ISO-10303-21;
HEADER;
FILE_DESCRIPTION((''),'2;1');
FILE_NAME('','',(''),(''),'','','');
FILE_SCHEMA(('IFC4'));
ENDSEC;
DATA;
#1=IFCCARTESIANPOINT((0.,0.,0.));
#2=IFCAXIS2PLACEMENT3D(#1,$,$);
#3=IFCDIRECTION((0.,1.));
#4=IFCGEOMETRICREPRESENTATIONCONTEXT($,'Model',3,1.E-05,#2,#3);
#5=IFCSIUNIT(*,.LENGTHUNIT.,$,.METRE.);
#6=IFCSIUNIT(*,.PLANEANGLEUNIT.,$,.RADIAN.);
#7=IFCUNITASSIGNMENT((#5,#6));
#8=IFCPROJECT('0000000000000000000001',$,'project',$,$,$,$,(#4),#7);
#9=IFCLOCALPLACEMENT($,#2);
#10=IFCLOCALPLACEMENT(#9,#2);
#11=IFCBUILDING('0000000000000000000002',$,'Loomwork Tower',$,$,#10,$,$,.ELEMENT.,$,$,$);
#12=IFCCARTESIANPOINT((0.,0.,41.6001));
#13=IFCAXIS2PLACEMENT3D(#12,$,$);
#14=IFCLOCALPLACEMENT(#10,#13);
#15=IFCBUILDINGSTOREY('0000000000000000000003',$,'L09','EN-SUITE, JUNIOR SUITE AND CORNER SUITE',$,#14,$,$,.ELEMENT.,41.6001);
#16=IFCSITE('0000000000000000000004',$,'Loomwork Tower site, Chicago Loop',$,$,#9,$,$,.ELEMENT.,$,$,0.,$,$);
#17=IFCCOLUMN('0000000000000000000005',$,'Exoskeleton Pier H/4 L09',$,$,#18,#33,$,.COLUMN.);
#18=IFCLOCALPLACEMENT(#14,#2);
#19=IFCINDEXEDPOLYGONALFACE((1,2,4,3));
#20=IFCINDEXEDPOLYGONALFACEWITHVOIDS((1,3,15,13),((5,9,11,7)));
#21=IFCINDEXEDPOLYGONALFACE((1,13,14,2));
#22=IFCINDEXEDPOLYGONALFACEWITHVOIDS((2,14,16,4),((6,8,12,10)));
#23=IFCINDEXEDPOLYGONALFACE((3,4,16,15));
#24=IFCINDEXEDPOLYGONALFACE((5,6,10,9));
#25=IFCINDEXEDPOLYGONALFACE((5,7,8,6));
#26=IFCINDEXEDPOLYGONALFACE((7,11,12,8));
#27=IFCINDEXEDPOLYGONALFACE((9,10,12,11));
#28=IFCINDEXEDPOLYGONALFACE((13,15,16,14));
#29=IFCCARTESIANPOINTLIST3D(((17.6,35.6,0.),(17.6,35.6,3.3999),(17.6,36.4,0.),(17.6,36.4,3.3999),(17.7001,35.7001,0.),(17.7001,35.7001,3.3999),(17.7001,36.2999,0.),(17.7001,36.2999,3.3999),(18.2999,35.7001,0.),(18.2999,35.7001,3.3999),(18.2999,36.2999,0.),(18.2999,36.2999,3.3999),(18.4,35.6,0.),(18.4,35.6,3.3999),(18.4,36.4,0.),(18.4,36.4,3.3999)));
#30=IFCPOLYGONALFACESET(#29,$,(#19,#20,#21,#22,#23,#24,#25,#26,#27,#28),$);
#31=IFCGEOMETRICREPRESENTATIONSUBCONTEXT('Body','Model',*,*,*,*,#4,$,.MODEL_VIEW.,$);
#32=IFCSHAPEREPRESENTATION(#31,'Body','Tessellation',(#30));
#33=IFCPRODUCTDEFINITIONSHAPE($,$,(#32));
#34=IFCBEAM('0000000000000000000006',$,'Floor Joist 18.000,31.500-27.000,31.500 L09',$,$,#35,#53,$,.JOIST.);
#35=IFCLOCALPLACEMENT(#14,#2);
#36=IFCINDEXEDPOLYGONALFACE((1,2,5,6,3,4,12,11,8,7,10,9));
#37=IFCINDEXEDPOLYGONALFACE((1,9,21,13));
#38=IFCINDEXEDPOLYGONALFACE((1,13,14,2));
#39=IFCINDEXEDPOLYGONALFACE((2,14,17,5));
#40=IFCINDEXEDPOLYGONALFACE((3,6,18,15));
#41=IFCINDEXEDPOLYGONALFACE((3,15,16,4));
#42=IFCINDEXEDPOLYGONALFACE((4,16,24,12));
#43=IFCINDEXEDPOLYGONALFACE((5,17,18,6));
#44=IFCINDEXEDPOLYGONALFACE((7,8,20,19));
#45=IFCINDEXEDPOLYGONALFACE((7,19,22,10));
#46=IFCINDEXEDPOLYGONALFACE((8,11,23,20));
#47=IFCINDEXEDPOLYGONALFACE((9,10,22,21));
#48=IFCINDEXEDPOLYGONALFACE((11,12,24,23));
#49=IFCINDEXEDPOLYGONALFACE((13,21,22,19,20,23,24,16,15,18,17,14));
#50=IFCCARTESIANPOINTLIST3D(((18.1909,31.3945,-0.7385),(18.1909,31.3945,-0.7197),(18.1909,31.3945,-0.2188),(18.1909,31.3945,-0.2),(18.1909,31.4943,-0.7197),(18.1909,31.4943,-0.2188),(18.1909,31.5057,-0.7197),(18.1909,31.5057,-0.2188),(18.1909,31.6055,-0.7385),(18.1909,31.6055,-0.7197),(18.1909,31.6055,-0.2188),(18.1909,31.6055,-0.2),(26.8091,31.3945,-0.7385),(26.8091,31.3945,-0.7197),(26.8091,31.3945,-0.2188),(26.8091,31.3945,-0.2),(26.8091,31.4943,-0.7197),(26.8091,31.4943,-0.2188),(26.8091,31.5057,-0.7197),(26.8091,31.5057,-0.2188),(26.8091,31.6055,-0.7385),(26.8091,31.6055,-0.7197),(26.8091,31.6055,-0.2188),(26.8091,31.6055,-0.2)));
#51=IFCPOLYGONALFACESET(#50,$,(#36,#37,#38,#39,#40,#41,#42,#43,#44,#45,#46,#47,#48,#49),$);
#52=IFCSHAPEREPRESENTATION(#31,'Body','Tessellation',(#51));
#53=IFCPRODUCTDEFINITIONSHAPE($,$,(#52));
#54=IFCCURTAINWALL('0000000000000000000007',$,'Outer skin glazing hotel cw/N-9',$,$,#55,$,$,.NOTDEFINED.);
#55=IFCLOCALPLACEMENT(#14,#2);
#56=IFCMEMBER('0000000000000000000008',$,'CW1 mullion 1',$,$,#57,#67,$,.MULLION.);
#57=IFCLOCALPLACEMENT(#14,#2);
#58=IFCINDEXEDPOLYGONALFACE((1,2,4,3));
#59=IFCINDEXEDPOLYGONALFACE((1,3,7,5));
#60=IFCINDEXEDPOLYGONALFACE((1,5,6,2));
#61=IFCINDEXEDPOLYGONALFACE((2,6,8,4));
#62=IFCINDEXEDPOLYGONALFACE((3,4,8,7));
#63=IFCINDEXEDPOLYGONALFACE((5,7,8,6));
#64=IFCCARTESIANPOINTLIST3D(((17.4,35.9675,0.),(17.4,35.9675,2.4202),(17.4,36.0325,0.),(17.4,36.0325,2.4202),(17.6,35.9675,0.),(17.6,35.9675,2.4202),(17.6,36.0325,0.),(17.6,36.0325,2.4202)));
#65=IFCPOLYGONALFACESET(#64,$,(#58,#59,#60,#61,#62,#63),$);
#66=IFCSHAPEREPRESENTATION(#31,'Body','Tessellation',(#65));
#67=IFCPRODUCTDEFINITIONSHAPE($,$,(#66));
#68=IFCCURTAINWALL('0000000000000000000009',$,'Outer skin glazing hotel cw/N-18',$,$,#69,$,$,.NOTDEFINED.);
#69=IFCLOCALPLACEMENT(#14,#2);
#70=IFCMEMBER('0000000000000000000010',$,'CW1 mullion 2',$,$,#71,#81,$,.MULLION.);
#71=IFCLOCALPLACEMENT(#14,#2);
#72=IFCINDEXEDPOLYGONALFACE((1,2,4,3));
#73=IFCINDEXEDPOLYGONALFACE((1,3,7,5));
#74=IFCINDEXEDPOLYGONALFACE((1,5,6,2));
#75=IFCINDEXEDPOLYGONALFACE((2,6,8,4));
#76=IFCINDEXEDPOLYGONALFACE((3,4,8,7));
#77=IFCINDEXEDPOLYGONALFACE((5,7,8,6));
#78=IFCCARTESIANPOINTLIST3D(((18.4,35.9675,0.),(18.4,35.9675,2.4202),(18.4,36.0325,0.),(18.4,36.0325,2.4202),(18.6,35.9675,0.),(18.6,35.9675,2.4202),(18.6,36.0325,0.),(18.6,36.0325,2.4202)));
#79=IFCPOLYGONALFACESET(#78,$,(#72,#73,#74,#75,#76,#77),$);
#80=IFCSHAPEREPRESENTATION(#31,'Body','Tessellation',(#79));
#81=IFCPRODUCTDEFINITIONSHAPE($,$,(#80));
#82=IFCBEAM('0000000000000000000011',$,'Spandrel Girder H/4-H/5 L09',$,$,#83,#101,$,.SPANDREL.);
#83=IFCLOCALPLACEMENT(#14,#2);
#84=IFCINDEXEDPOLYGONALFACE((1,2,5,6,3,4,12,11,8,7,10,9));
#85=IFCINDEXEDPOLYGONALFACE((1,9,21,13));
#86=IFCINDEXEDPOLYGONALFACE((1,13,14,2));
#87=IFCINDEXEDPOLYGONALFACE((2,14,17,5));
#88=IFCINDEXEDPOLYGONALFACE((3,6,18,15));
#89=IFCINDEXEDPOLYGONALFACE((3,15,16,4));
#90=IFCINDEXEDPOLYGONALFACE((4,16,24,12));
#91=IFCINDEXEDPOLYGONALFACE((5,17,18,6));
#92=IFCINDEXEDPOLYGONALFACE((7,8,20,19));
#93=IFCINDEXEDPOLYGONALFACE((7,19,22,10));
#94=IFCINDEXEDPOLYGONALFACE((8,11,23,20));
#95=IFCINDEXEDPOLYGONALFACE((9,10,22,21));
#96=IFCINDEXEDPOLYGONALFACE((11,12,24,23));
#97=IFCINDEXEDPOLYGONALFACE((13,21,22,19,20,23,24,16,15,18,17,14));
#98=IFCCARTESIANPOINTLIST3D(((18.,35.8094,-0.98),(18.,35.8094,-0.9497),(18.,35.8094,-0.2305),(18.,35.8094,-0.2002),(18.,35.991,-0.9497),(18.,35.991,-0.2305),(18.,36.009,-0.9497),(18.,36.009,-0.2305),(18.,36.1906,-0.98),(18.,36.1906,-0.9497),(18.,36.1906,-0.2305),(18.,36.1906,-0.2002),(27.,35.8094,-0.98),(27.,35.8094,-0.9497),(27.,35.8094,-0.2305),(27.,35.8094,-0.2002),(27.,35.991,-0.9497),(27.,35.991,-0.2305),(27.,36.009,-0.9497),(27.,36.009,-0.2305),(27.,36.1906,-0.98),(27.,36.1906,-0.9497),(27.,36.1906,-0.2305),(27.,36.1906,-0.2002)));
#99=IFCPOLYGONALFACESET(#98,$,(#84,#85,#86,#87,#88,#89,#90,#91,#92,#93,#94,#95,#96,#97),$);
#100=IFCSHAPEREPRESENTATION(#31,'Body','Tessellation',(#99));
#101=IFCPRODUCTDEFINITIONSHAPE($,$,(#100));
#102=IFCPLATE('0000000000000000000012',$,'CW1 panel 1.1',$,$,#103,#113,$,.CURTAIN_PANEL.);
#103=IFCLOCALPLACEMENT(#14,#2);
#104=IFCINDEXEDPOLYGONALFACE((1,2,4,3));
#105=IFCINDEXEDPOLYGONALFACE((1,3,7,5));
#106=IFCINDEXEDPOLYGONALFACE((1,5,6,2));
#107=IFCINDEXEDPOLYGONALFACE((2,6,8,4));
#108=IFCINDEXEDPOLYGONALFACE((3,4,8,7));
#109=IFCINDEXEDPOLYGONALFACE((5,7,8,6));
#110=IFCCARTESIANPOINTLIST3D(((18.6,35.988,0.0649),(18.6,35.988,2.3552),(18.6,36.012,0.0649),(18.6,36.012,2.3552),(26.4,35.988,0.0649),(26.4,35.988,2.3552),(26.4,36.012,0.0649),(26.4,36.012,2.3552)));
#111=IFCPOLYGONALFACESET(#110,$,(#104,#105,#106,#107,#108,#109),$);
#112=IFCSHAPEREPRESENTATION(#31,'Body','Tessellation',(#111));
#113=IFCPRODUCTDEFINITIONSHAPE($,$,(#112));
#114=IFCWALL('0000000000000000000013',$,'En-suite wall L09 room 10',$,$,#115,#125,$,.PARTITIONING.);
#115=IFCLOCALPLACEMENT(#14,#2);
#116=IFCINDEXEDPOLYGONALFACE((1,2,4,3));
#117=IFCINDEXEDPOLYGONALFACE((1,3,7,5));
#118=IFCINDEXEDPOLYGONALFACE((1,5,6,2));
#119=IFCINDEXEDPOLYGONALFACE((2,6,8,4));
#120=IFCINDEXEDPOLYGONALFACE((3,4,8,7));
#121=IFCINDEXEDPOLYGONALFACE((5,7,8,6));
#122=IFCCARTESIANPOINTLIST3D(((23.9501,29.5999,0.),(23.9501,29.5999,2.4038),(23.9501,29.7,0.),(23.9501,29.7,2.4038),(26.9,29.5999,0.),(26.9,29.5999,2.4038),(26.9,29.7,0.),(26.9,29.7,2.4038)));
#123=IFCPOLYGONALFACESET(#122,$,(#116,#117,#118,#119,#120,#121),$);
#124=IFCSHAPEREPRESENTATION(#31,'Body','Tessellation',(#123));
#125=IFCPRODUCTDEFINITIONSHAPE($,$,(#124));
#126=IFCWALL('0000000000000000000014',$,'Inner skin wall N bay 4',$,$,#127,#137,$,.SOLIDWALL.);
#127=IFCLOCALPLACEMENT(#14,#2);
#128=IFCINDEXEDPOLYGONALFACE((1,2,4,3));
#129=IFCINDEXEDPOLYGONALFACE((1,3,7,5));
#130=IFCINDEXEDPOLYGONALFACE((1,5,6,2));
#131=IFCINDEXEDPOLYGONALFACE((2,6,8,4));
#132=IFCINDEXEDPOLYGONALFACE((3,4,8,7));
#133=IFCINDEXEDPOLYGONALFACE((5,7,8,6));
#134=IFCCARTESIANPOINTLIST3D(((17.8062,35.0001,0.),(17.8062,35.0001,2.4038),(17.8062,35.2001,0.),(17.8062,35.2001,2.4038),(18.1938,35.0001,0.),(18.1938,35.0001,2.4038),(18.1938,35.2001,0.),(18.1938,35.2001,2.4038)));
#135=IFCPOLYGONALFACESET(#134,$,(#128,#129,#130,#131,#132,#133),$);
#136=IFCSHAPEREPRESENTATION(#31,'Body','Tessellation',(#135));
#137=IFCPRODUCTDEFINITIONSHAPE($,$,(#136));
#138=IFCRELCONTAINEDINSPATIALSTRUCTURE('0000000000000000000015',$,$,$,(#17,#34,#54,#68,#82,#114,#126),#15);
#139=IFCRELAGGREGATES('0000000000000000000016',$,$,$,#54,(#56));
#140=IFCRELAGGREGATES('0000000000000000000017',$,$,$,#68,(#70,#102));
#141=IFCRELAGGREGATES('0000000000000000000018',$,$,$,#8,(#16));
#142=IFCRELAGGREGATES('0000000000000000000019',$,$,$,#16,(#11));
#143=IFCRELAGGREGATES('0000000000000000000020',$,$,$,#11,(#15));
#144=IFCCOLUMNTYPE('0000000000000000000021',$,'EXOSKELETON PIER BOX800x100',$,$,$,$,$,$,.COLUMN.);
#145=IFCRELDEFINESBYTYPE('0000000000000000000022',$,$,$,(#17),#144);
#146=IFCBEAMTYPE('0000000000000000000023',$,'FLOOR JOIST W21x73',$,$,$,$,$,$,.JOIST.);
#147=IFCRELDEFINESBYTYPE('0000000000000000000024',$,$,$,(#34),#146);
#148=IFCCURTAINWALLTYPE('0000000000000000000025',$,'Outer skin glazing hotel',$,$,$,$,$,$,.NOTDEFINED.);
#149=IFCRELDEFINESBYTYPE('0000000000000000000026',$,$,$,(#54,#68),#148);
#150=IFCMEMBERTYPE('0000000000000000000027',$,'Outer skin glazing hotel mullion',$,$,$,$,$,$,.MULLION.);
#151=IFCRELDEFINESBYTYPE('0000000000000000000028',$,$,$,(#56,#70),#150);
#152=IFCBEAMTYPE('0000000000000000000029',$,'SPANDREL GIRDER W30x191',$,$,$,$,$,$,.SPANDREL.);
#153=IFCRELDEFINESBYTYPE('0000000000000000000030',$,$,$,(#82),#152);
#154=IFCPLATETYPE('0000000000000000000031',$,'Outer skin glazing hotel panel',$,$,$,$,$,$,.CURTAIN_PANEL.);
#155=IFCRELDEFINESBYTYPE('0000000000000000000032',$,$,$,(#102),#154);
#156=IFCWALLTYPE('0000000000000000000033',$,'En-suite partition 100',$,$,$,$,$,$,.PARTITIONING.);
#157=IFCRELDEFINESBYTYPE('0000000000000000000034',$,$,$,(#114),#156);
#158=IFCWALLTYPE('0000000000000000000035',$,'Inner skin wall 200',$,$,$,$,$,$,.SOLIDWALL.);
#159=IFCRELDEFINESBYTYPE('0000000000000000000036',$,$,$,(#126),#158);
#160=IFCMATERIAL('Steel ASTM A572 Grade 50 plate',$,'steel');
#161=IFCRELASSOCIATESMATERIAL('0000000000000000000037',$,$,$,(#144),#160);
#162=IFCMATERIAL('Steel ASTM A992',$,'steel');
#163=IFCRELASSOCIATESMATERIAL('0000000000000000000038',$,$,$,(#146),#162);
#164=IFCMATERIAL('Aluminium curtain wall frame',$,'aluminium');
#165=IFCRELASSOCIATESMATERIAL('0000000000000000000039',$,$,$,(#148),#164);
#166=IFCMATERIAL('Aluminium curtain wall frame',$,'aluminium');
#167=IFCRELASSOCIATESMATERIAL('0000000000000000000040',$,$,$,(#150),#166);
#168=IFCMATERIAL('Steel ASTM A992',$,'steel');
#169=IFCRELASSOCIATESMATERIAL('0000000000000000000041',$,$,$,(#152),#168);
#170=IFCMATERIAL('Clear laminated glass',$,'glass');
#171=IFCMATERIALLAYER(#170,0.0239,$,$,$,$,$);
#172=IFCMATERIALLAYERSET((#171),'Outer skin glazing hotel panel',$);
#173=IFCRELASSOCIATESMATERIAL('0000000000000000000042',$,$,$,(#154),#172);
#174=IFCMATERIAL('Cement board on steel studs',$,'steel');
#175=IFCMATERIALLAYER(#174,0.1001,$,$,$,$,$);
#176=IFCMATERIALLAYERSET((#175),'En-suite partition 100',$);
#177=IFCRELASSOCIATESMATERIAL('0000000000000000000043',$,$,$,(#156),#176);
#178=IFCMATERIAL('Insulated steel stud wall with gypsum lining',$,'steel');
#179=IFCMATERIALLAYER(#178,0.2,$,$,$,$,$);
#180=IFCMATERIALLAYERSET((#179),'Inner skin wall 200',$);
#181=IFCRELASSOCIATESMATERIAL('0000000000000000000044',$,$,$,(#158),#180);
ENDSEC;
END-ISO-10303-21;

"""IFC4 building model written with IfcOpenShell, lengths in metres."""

from ifc_helpers import new_model, si_unit, direction, frame, frame_2d, origin, origin_2d, place, context, subcontext, project, spatial, rectangle, hollow_rectangle, i_section, extrude, material, layer, layer_set, material_profile, profile_set, type_object, element, aggregate, save


model = new_model("IFC4")

# Units and contexts
model_context = context("Model", 3, precision=1e-05, world=origin(), true_north=direction((0.0, 1.0)))
body_context = subcontext(model_context, "Body", "Model", "MODEL_VIEW")
ifc_project = project(units=[si_unit("LENGTHUNIT", "METRE"), si_unit("PLANEANGLEUNIT", "RADIAN")], contexts=[model_context])

# Site, building, storey
site_placement = place(None, origin())
site = spatial("IfcSite", under=ifc_project, at=site_placement, Name="Loomwork Tower site, Chicago Loop", CompositionType="ELEMENT", RefElevation=0.0)
building_placement = place(site_placement, origin())
building = spatial("IfcBuilding", under=site, at=building_placement, Name="Loomwork Tower", CompositionType="ELEMENT")
storey_placement = place(building_placement, frame((0.0, 0.0, 41.6001)))
storey = spatial("IfcBuildingStorey", under=building, at=storey_placement, Name="L09", Description="EN-SUITE, JUNIOR SUITE AND CORNER SUITE", CompositionType="ELEMENT", Elevation=41.6001)

# Column
ifc_material_1 = material(Name="Steel ASTM A572 Grade 50 plate", Category="steel")
ifc_material_profile_1 = material_profile(ifc_material_1, hollow_rectangle(XDim=0.8, YDim=0.8, WallThickness=0.1001, at=origin_2d()), Name="BOX800x100")
ifc_profile_set_1 = profile_set([ifc_material_profile_1], Name="Steel ASTM A572 Grade 50 plate")
column_type = type_object("IfcColumnType", Name="EXOSKELETON PIER BOX800x100", PredefinedType="COLUMN", material=ifc_profile_set_1)
column_placement = place(storey_placement, frame((18.0, 36.0, 0.0), z_axis=(0.0, 0.0, 1.0), x_axis=(1.0, 0.0, 0.0)))
element("IfcColumn", 1, at=column_placement, inside=storey, type_object=column_type, Name="Exoskeleton Pier H/4 L09", PredefinedType="COLUMN", context=body_context, shape_type="SweptSolid", body=[
    extrude(hollow_rectangle(XDim=0.8, YDim=0.8, WallThickness=0.1001, at=origin_2d()), origin(), (0.0, 0.0, 1.0), 3.3999),
])

# Beam
ifc_material_2 = material(Name="Steel ASTM A992", Category="steel")
ifc_material_profile_2 = material_profile(ifc_material_2, i_section(OverallWidth=0.2109, OverallDepth=0.5386, WebThickness=0.0115, FlangeThickness=0.0188, at=origin_2d()), Name="W21x73")
ifc_profile_set_2 = profile_set([ifc_material_profile_2], Name="Steel ASTM A992")
beam_type_1 = type_object("IfcBeamType", Name="FLOOR JOIST W21x73", PredefinedType="JOIST", material=ifc_profile_set_2)
beam_1_placement = place(storey_placement, frame((18.1909, 31.5, -0.4692), z_axis=(1.0, 0.0, 0.0), x_axis=(0.0, 1.0, 0.0)))
element("IfcBeam", 2, at=beam_1_placement, inside=storey, type_object=beam_type_1, Name="Floor Joist 18.000,31.500-27.000,31.500 L09", PredefinedType="JOIST", context=body_context, shape_type="SweptSolid", body=[
    extrude(i_section(OverallWidth=0.2109, OverallDepth=0.5386, WebThickness=0.0115, FlangeThickness=0.0188, at=origin_2d()), origin(), (0.0, 0.0, 1.0), 8.6182),
])

# Curtain walls, members
ifc_material_3 = material(Name="Aluminium curtain wall frame", Category="aluminium")
curtain_wall_type = type_object("IfcCurtainWallType", Name="Outer skin glazing hotel", PredefinedType="NOTDEFINED", material=ifc_material_3)
curtain_wall_1_placement = place(storey_placement, origin())
curtain_wall_1 = element("IfcCurtainWall", 3, at=curtain_wall_1_placement, inside=storey, type_object=curtain_wall_type, Name="Outer skin glazing hotel cw/N-9", PredefinedType="NOTDEFINED")
ifc_material_4 = material(Name="Aluminium curtain wall frame", Category="aluminium")
ifc_material_profile_3 = material_profile(ifc_material_4, rectangle(XDim=0.0649, YDim=0.2, at=origin_2d()), Name="AL 65x200")
ifc_profile_set_3 = profile_set([ifc_material_profile_3], Name="Aluminium curtain wall frame")
member_type = type_object("IfcMemberType", Name="Outer skin glazing hotel mullion", PredefinedType="MULLION", material=ifc_profile_set_3)
member_1_placement = place(storey_placement, frame((17.5, 36.0, 0.0), z_axis=(0.0, 0.0, 1.0), x_axis=(0.0, -1.0, 0.0)))
member_1 = element("IfcMember", 4, at=member_1_placement, type_object=member_type, Name="CW1 mullion 1", PredefinedType="MULLION", context=body_context, shape_type="SweptSolid", body=[
    extrude(rectangle(XDim=0.0649, YDim=0.2, at=origin_2d()), origin(), (0.0, 0.0, 1.0), 2.4202),
])
aggregate(curtain_wall_1, [member_1])
curtain_wall_2_placement = place(storey_placement, origin())
curtain_wall_2 = element("IfcCurtainWall", 5, at=curtain_wall_2_placement, inside=storey, type_object=curtain_wall_type, Name="Outer skin glazing hotel cw/N-18", PredefinedType="NOTDEFINED")
member_2_placement = place(storey_placement, frame((18.5, 36.0, 0.0), z_axis=(0.0, 0.0, 1.0), x_axis=(0.0, -1.0, 0.0)))
member_2 = element("IfcMember", 6, at=member_2_placement, type_object=member_type, Name="CW1 mullion 2", PredefinedType="MULLION", context=body_context, shape_type="SweptSolid", body=[
    extrude(rectangle(XDim=0.0649, YDim=0.2, at=origin_2d()), origin(), (0.0, 0.0, 1.0), 2.4202),
])

# Beam
ifc_material_5 = material(Name="Steel ASTM A992", Category="steel")
ifc_material_profile_4 = material_profile(ifc_material_5, i_section(OverallWidth=0.3811, OverallDepth=0.7798, WebThickness=0.0181, FlangeThickness=0.0303, at=origin_2d()), Name="W30x191")
ifc_profile_set_4 = profile_set([ifc_material_profile_4], Name="Steel ASTM A992")
beam_type_2 = type_object("IfcBeamType", Name="SPANDREL GIRDER W30x191", PredefinedType="SPANDREL", material=ifc_profile_set_4)
beam_2_placement = place(storey_placement, frame((18.0, 36.0, -0.5901), z_axis=(1.0, 0.0, 0.0), x_axis=(0.0, 1.0, 0.0)))
element("IfcBeam", 7, at=beam_2_placement, inside=storey, type_object=beam_type_2, Name="Spandrel Girder H/4-H/5 L09", PredefinedType="SPANDREL", context=body_context, shape_type="SweptSolid", body=[
    extrude(i_section(OverallWidth=0.3811, OverallDepth=0.7798, WebThickness=0.0181, FlangeThickness=0.0303, at=origin_2d()), origin(), (0.0, 0.0, 1.0), 9.0),
])

# Plate
ifc_material_6 = material(Name="Clear laminated glass", Category="glass")
ifc_layer_1 = layer(ifc_material_6, 0.0239)
ifc_layer_set_1 = layer_set([ifc_layer_1], Name="Outer skin glazing hotel panel")
plate_type = type_object("IfcPlateType", Name="Outer skin glazing hotel panel", PredefinedType="CURTAIN_PANEL", material=ifc_layer_set_1)
plate_placement = place(storey_placement, frame((22.5, 36.0, 0.0649), z_axis=(0.0, 0.0, 1.0), x_axis=(-1.0, 0.0, 0.0)))
plate = element("IfcPlate", 8, at=plate_placement, type_object=plate_type, Name="CW1 panel 1.1", PredefinedType="CURTAIN_PANEL", context=body_context, shape_type="SweptSolid", body=[
    extrude(rectangle(XDim=7.8, YDim=0.0239, at=origin_2d()), origin(), (0.0, 0.0, 1.0), 2.2903),
])
aggregate(curtain_wall_2, [member_2, plate])

# Walls
ifc_material_7 = material(Name="Cement board on steel studs", Category="steel")
ifc_layer_2 = layer(ifc_material_7, 0.1001)
ifc_layer_set_2 = layer_set([ifc_layer_2], Name="En-suite partition 100")
wall_type_1 = type_object("IfcWallType", Name="En-suite partition 100", PredefinedType="PARTITIONING", material=ifc_layer_set_2)
wall_1_placement = place(storey_placement, frame((23.95, 29.6499, 0.0), z_axis=(0.0, 0.0, 1.0), x_axis=(1.0, 0.0, 0.0)))
element("IfcWall", 9, at=wall_1_placement, inside=storey, type_object=wall_type_1, Name="En-suite wall L09 room 10", PredefinedType="PARTITIONING", context=body_context, shape_type="SweptSolid", body=[
    extrude(rectangle(XDim=2.95, YDim=0.1001, at=frame_2d((1.4751, 0.0))), origin(), (0.0, 0.0, 1.0), 2.4038),
])
ifc_material_8 = material(Name="Insulated steel stud wall with gypsum lining", Category="steel")
ifc_layer_3 = layer(ifc_material_8, 0.2)
ifc_layer_set_3 = layer_set([ifc_layer_3], Name="Inner skin wall 200")
wall_type_2 = type_object("IfcWallType", Name="Inner skin wall 200", PredefinedType="SOLIDWALL", material=ifc_layer_set_3)
wall_2_placement = place(storey_placement, frame((17.8062, 35.1001, 0.0), z_axis=(0.0, 0.0, 1.0), x_axis=(1.0, 0.0, 0.0)))
element("IfcWall", 10, at=wall_2_placement, inside=storey, type_object=wall_type_2, Name="Inner skin wall N bay 4", PredefinedType="SOLIDWALL", context=body_context, shape_type="SweptSolid", body=[
    extrude(rectangle(XDim=0.3877, YDim=0.2, at=frame_2d((0.1938, 0.0))), origin(), (0.0, 0.0, 1.0), 2.4038),
])

save(model, "model.ifc")
